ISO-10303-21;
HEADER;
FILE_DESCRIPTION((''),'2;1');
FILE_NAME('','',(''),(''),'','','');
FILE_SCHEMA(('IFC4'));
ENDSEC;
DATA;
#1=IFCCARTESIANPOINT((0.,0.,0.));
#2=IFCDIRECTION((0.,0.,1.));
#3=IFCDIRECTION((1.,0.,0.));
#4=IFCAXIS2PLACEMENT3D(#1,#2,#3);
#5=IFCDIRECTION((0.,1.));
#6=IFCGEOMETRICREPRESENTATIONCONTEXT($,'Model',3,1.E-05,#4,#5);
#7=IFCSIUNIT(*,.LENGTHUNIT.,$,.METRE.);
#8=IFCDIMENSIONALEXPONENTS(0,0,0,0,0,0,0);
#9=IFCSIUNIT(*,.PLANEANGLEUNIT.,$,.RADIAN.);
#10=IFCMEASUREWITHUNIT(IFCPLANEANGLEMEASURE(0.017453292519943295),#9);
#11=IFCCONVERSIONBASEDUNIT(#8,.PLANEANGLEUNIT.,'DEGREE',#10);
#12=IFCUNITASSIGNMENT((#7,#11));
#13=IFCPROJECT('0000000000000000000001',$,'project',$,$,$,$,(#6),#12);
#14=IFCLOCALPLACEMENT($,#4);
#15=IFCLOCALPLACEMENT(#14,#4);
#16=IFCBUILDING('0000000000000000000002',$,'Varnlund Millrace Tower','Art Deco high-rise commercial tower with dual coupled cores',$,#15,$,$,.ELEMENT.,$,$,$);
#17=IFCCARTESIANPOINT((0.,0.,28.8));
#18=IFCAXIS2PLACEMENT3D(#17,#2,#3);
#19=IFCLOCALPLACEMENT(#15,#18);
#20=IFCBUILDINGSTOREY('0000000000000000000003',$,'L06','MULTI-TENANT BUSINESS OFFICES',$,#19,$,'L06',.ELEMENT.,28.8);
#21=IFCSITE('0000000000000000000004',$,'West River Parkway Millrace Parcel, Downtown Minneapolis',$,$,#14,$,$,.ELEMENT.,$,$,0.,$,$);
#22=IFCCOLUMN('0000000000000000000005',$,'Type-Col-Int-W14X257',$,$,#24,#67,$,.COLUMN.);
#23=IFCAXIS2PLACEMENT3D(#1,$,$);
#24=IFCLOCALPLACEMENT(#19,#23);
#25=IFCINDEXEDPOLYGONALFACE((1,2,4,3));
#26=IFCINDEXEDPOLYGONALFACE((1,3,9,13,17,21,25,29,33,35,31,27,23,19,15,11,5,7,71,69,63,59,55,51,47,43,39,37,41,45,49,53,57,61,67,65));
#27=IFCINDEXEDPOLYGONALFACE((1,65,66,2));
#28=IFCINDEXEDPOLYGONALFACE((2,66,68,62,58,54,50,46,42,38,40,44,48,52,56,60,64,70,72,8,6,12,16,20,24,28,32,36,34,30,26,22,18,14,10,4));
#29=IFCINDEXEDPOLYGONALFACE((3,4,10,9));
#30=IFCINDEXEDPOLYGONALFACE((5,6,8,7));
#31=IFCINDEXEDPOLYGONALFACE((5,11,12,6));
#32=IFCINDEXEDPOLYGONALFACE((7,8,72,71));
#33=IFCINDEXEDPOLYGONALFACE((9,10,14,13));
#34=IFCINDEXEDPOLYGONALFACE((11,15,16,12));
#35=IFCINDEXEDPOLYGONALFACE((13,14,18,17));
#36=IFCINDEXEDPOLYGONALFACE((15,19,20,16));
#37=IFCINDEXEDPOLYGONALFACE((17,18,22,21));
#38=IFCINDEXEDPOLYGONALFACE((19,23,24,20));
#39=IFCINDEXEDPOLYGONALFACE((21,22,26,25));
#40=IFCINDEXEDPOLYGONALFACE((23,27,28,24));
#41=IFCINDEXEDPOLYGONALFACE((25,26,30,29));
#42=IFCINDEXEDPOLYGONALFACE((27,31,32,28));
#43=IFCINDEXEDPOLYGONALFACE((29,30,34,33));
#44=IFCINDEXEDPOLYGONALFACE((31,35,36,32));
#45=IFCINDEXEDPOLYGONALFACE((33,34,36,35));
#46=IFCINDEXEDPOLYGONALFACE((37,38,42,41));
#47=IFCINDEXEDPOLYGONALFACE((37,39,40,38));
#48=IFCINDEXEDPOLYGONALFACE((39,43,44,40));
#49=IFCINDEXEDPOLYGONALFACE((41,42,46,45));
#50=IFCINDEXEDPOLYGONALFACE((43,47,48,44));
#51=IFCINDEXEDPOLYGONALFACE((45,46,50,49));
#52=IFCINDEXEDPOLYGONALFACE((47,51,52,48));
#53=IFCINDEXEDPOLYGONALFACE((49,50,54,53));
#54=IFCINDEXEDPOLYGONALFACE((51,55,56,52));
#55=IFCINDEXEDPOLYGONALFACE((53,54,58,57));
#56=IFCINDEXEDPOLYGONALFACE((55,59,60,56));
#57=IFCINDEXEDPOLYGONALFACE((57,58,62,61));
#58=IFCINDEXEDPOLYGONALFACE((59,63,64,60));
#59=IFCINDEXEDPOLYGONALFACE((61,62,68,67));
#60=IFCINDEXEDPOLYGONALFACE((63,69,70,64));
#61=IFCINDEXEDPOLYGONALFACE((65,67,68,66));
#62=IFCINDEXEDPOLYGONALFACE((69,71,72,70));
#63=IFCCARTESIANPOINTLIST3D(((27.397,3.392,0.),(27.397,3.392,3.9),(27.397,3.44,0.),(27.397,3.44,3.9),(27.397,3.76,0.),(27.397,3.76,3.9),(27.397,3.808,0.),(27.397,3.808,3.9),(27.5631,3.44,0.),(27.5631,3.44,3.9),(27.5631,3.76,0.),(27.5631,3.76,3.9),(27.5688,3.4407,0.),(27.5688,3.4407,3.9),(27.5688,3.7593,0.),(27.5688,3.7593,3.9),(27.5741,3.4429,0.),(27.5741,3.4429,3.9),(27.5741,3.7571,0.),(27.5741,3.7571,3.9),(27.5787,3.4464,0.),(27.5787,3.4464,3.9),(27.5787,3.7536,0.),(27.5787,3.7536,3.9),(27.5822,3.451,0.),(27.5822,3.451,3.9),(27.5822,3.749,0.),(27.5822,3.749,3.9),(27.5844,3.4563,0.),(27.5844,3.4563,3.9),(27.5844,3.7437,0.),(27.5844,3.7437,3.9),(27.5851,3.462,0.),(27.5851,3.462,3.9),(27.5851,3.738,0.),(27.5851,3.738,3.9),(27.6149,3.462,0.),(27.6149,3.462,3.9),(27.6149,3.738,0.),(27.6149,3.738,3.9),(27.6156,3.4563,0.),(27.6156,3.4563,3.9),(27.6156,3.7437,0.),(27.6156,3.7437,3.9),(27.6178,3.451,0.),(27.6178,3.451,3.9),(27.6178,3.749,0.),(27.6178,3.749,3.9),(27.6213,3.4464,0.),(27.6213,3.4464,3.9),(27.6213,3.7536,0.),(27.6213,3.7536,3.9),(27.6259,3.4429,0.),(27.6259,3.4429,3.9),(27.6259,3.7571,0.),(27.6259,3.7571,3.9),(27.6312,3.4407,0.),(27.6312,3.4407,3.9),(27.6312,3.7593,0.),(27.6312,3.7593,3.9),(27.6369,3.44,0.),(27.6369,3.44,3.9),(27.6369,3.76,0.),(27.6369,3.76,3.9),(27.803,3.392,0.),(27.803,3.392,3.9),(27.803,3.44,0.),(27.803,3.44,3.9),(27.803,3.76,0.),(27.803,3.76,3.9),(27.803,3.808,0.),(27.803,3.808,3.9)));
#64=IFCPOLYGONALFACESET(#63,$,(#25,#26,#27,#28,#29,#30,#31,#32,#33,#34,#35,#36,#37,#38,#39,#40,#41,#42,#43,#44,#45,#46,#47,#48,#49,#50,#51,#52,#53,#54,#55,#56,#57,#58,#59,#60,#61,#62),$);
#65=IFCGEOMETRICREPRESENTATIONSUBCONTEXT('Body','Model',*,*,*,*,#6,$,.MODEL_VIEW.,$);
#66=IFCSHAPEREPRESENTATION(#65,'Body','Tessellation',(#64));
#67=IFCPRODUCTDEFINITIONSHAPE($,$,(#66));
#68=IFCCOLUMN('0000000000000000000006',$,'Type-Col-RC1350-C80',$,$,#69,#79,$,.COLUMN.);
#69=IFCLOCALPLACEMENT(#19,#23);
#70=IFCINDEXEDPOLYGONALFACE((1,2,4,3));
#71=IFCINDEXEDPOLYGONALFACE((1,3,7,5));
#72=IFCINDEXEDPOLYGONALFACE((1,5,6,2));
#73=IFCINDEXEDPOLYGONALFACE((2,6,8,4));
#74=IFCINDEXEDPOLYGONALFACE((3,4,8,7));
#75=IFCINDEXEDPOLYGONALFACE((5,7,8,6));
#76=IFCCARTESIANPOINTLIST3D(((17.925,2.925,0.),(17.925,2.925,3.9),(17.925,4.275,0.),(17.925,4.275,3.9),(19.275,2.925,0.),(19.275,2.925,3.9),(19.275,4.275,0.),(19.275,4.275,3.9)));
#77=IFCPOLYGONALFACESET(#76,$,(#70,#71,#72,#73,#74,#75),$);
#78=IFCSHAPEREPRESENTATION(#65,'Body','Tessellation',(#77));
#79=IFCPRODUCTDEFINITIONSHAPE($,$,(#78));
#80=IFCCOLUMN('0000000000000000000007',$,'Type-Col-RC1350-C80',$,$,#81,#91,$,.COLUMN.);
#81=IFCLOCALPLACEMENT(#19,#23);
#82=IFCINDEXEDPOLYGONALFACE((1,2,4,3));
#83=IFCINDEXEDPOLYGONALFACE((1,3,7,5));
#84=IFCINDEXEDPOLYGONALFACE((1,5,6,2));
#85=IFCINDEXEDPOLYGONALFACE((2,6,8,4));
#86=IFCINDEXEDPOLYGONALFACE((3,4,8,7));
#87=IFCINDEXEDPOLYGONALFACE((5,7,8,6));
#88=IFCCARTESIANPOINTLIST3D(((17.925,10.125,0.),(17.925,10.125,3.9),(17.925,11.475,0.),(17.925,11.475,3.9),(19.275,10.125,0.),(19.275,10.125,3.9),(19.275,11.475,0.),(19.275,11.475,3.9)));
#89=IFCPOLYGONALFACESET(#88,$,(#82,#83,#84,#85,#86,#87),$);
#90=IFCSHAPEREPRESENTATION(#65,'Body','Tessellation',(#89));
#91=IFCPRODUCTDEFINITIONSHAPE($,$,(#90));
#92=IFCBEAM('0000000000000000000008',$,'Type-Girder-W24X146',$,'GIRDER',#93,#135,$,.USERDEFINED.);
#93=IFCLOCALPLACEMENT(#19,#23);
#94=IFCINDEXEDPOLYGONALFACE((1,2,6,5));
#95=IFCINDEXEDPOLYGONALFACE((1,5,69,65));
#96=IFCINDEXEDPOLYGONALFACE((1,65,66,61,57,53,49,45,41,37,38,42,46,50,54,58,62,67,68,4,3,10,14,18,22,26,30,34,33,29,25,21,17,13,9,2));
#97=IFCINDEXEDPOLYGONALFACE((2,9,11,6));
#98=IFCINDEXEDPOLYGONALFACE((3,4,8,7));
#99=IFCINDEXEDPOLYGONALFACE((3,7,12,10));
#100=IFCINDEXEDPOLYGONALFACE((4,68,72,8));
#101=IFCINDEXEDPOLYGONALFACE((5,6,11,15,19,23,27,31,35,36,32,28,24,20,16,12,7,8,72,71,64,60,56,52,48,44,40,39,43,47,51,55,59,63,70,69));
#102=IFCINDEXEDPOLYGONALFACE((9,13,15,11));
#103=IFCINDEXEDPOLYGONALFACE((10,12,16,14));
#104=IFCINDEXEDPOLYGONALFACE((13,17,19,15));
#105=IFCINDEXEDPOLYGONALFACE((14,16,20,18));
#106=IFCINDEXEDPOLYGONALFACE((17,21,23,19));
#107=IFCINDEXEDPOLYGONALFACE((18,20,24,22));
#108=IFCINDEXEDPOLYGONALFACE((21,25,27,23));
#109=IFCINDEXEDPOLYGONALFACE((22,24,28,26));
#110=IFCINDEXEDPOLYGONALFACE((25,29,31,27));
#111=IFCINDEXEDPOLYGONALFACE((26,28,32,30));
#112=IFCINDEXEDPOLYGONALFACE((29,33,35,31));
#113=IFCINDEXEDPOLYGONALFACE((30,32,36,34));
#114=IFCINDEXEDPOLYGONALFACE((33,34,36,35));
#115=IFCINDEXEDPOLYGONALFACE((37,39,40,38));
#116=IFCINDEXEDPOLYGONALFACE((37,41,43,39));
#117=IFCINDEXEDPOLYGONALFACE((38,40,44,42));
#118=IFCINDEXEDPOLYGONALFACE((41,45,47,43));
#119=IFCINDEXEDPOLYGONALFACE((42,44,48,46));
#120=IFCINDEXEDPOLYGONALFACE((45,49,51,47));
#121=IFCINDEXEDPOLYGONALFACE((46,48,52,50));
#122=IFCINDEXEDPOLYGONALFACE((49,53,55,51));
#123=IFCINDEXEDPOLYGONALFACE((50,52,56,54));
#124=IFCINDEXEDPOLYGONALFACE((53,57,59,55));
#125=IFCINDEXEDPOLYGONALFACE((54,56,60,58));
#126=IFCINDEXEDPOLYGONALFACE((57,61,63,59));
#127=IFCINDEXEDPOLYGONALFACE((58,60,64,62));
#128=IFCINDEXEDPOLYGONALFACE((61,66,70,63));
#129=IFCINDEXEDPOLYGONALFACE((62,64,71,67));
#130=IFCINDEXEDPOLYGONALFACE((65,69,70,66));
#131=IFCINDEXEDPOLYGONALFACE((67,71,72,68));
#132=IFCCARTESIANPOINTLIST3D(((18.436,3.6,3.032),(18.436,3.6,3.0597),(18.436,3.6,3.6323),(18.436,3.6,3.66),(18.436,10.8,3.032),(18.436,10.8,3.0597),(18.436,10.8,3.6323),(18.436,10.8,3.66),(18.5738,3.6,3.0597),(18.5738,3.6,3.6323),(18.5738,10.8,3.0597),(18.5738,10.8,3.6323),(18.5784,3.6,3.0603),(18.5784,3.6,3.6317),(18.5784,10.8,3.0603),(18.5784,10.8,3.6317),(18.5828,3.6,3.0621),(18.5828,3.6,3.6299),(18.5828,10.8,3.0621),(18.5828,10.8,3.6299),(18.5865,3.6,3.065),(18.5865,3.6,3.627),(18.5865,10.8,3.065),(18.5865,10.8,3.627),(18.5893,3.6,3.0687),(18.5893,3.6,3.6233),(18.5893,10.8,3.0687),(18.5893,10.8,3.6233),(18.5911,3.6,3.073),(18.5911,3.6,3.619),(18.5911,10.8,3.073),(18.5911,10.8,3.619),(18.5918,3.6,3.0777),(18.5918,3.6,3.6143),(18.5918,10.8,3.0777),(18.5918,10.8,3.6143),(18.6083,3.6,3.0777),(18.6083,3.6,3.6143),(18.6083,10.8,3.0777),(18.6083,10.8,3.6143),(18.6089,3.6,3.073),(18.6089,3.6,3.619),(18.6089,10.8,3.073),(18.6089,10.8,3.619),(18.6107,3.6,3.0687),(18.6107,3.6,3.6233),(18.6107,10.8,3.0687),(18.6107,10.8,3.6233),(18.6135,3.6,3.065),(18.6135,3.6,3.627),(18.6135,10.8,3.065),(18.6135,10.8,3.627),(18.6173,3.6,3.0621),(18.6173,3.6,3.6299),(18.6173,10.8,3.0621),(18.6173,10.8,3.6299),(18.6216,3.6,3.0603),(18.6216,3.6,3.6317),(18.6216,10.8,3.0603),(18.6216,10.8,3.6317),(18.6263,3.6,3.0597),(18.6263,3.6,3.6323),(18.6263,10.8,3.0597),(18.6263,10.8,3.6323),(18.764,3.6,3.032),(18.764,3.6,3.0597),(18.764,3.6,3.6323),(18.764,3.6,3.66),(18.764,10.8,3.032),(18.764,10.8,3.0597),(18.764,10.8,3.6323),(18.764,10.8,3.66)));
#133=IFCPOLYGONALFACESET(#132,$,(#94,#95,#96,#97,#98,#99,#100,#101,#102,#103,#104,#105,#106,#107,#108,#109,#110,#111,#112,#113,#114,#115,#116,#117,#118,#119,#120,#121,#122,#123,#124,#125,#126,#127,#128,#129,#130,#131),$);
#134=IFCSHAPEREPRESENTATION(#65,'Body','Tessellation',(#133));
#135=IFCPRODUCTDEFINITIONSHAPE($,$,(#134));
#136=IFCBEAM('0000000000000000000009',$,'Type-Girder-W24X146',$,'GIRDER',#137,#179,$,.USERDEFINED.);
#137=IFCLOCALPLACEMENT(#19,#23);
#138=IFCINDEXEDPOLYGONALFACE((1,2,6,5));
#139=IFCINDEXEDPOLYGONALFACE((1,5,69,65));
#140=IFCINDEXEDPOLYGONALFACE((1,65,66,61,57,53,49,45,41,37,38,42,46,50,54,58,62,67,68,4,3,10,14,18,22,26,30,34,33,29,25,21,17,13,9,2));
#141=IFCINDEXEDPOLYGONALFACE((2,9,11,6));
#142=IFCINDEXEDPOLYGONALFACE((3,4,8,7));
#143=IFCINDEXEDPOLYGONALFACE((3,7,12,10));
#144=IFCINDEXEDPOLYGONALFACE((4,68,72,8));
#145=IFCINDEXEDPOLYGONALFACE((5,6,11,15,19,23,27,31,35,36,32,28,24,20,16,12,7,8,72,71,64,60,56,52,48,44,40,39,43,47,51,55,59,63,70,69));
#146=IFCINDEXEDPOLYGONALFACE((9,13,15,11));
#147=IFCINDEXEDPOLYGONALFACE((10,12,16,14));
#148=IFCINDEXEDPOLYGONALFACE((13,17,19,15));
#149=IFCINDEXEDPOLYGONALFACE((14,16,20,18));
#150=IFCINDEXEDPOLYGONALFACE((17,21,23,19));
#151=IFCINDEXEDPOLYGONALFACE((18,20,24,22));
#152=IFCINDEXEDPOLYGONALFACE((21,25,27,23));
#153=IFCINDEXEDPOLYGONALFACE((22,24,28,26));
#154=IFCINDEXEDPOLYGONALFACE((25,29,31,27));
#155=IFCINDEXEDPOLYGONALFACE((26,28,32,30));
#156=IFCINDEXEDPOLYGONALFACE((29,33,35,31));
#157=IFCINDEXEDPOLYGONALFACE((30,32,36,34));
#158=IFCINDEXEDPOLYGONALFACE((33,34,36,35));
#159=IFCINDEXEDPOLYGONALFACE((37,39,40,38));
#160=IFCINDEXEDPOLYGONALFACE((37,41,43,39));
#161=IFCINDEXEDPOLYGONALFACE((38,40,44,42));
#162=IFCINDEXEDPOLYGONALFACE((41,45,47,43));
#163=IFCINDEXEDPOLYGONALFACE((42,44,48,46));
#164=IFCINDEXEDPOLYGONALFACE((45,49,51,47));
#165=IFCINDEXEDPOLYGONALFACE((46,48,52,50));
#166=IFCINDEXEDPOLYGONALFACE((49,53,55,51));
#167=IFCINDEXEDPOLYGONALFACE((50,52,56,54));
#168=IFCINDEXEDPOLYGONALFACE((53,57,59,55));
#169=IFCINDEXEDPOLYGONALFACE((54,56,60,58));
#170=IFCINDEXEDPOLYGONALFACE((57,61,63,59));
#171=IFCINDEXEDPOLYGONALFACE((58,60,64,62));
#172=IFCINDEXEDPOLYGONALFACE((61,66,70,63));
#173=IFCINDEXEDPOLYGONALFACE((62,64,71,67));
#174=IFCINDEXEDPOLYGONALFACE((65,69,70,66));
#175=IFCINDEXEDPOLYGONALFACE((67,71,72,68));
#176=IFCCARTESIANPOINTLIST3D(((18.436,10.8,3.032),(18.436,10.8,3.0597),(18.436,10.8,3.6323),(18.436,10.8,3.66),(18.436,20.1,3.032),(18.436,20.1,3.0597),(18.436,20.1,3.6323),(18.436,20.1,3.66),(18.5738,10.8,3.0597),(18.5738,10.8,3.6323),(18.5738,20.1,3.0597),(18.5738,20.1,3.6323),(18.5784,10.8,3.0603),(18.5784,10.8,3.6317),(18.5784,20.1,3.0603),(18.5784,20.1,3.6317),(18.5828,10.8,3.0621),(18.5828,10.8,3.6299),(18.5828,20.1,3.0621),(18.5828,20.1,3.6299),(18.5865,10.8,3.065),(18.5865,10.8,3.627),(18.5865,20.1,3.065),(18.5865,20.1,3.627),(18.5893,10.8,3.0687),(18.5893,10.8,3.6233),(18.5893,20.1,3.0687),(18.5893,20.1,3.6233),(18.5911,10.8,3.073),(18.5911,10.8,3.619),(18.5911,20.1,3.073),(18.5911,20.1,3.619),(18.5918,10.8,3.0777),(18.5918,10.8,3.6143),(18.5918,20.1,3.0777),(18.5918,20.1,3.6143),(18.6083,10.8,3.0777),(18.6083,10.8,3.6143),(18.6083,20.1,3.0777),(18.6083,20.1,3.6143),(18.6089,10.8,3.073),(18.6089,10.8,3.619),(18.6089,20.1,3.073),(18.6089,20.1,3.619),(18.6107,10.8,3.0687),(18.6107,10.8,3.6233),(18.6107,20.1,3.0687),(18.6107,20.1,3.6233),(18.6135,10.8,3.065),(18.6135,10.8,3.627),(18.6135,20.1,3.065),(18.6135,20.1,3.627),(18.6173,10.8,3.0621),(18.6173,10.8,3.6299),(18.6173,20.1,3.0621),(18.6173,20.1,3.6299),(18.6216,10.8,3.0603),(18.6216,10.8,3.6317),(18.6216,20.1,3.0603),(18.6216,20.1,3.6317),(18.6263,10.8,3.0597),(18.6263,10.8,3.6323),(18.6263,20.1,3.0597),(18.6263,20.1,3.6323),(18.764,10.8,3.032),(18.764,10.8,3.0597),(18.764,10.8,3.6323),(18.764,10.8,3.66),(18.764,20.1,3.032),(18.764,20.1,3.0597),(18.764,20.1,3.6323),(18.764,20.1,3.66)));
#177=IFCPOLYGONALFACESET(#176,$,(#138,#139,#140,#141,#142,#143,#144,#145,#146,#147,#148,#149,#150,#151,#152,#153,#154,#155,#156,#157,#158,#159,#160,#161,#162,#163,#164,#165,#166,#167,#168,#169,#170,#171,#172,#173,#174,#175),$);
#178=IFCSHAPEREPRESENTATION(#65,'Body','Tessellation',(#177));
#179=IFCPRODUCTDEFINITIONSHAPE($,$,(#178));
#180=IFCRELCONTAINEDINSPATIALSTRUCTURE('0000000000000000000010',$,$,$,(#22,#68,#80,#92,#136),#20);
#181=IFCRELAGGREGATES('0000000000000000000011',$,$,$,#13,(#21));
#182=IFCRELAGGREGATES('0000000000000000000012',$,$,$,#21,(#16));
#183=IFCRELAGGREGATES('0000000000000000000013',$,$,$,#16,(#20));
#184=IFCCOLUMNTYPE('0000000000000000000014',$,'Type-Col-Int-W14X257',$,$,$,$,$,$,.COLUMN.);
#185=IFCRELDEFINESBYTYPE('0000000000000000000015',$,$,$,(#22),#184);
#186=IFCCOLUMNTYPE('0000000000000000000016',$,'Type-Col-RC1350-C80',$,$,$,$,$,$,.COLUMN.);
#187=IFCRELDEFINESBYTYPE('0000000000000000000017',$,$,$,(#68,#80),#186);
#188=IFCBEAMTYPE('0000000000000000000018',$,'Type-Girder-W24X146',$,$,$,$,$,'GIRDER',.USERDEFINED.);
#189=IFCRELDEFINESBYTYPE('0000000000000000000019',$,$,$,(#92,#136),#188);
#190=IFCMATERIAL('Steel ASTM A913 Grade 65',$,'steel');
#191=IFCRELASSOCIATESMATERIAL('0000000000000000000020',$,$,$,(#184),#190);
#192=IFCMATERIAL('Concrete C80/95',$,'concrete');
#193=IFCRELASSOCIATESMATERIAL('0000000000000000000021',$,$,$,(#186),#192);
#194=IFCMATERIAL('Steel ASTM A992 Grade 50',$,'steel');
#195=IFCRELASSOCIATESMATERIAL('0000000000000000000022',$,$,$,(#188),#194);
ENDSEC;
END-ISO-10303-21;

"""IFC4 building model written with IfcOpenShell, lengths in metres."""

from ifc_helpers import new_model, entity, si_unit, converted_unit, direction, frame, origin_with_axes, origin_2d_with_axis, place, context, subcontext, project, spatial, rectangle, i_section, extrude, material, material_profile, profile_set, type_object, element, save


model = new_model("IFC4")

# Units and contexts
model_context = context("Model", 3, precision=1e-05, world=origin_with_axes(), true_north=direction((0.0, 1.0)))
body_context = subcontext(model_context, "Body", "Model", "MODEL_VIEW")
ifc_project = project(units=[si_unit("LENGTHUNIT", "METRE"), converted_unit("PLANEANGLEUNIT", "DEGREE", entity("IfcPlaneAngleMeasure", 0.017453292519943295), si_unit("PLANEANGLEUNIT", "RADIAN"), dimensions=[0, 0, 0, 0, 0, 0, 0])], contexts=[model_context])

# Site, building, storey
site_placement = place(None, origin_with_axes())
site = spatial("IfcSite", under=ifc_project, at=site_placement, Name="West River Parkway Millrace Parcel, Downtown Minneapolis", CompositionType="ELEMENT", RefElevation=0.0)
building_placement = place(site_placement, origin_with_axes())
building = spatial("IfcBuilding", under=site, at=building_placement, Name="Varnlund Millrace Tower", Description="Art Deco high-rise commercial tower with dual coupled cores", CompositionType="ELEMENT")
storey_placement = place(building_placement, frame((0.0, 0.0, 28.8), z_axis=(0.0, 0.0, 1.0), x_axis=(1.0, 0.0, 0.0)))
storey = spatial("IfcBuildingStorey", under=building, at=storey_placement, Name="L06", Description="MULTI-TENANT BUSINESS OFFICES", LongName="L06", CompositionType="ELEMENT", Elevation=28.8)

# Columns
ifc_material_1 = material(Name="Steel ASTM A913 Grade 65", Category="steel")
ifc_material_profile_1 = material_profile(ifc_material_1, i_section(OverallWidth=0.406, OverallDepth=0.416, WebThickness=0.0298, FlangeThickness=0.048, FilletRadius=0.022, at=origin_2d_with_axis()), Name="Steel ASTM A913 Grade 65")
ifc_profile_set_1 = profile_set([ifc_material_profile_1], Name="Steel ASTM A913 Grade 65")
column_type_1 = type_object("IfcColumnType", Name="Type-Col-Int-W14X257", PredefinedType="COLUMN", material=ifc_profile_set_1)
column_placement = place(storey_placement, frame((27.6, 3.6, 0.0), z_axis=(0.0, 0.0, 1.0), x_axis=(1.0, 0.0, 0.0)))
element("IfcColumn", 1, at=column_placement, inside=storey, type_object=column_type_1, Name="Type-Col-Int-W14X257", PredefinedType="COLUMN", context=body_context, shape_type="SweptSolid", body=[
    extrude(i_section(OverallWidth=0.406, OverallDepth=0.416, WebThickness=0.0298, FlangeThickness=0.048, FilletRadius=0.022, at=origin_2d_with_axis()), origin_with_axes(), (0.0, 0.0, 1.0), 3.9),
])
ifc_material_2 = material(Name="Concrete C80/95", Category="concrete")
ifc_material_profile_2 = material_profile(ifc_material_2, rectangle(XDim=1.35, YDim=1.35, at=origin_2d_with_axis()), Name="Concrete C80/95")
ifc_profile_set_2 = profile_set([ifc_material_profile_2], Name="Concrete C80/95")
column_type_2 = type_object("IfcColumnType", Name="Type-Col-RC1350-C80", PredefinedType="COLUMN", material=ifc_profile_set_2)
for number, where, z_axis, x_axis, name in (
    (2, (18.6, 3.6, 0.0), (0.0, 0.0, 1.0), (1.0, 0.0, 0.0), "Type-Col-RC1350-C80"),
    (3, (18.6, 10.8, 0.0), (0.0, 0.0, 1.0), (1.0, 0.0, 0.0), "Type-Col-RC1350-C80"),
):
    element("IfcColumn", number, at=place(storey_placement, frame(where, z_axis=z_axis, x_axis=x_axis)), inside=storey, type_object=column_type_2, Name=name, PredefinedType="COLUMN", context=body_context, shape_type="SweptSolid", body=[
        extrude(rectangle(XDim=1.35, YDim=1.35, at=origin_2d_with_axis()), origin_with_axes(), (0.0, 0.0, 1.0), 3.9),
    ])

# Beams
ifc_material_3 = material(Name="Steel ASTM A992 Grade 50", Category="steel")
ifc_material_profile_3 = material_profile(ifc_material_3, i_section(OverallWidth=0.328, OverallDepth=0.628, WebThickness=0.0165, FlangeThickness=0.0277, FilletRadius=0.018, at=origin_2d_with_axis()), Name="Steel ASTM A992 Grade 50")
ifc_profile_set_3 = profile_set([ifc_material_profile_3], Name="Steel ASTM A992 Grade 50")
beam_type_1 = type_object("IfcBeamType", Name="Type-Girder-W24X146", ElementType="GIRDER", PredefinedType="USERDEFINED", material=ifc_profile_set_3)
beam_1_placement = place(storey_placement, frame((18.6, 3.6, 3.346), z_axis=(0.0, 1.0, 0.0), x_axis=(-1.0, 0.0, 0.0)))
element("IfcBeam", 4, at=beam_1_placement, inside=storey, type_object=beam_type_1, Name="Type-Girder-W24X146", ObjectType="GIRDER", PredefinedType="USERDEFINED", context=body_context, shape_type="SweptSolid", body=[
    extrude(i_section(OverallWidth=0.328, OverallDepth=0.628, WebThickness=0.0165, FlangeThickness=0.0277, FilletRadius=0.018, at=origin_2d_with_axis()), origin_with_axes(), (0.0, 0.0, 1.0), 7.2),
])
beam_2_placement = place(storey_placement, frame((18.6, 10.8, 3.346), z_axis=(0.0, 1.0, 0.0), x_axis=(-1.0, 0.0, 0.0)))
element("IfcBeam", 5, at=beam_2_placement, inside=storey, type_object=beam_type_1, Name="Type-Girder-W24X146", ObjectType="GIRDER", PredefinedType="USERDEFINED", context=body_context, shape_type="SweptSolid", body=[
    extrude(i_section(OverallWidth=0.328, OverallDepth=0.628, WebThickness=0.0165, FlangeThickness=0.0277, FilletRadius=0.018, at=origin_2d_with_axis()), origin_with_axes(), (0.0, 0.0, 1.0), 9.3),
])

save(model, "model.ifc")
